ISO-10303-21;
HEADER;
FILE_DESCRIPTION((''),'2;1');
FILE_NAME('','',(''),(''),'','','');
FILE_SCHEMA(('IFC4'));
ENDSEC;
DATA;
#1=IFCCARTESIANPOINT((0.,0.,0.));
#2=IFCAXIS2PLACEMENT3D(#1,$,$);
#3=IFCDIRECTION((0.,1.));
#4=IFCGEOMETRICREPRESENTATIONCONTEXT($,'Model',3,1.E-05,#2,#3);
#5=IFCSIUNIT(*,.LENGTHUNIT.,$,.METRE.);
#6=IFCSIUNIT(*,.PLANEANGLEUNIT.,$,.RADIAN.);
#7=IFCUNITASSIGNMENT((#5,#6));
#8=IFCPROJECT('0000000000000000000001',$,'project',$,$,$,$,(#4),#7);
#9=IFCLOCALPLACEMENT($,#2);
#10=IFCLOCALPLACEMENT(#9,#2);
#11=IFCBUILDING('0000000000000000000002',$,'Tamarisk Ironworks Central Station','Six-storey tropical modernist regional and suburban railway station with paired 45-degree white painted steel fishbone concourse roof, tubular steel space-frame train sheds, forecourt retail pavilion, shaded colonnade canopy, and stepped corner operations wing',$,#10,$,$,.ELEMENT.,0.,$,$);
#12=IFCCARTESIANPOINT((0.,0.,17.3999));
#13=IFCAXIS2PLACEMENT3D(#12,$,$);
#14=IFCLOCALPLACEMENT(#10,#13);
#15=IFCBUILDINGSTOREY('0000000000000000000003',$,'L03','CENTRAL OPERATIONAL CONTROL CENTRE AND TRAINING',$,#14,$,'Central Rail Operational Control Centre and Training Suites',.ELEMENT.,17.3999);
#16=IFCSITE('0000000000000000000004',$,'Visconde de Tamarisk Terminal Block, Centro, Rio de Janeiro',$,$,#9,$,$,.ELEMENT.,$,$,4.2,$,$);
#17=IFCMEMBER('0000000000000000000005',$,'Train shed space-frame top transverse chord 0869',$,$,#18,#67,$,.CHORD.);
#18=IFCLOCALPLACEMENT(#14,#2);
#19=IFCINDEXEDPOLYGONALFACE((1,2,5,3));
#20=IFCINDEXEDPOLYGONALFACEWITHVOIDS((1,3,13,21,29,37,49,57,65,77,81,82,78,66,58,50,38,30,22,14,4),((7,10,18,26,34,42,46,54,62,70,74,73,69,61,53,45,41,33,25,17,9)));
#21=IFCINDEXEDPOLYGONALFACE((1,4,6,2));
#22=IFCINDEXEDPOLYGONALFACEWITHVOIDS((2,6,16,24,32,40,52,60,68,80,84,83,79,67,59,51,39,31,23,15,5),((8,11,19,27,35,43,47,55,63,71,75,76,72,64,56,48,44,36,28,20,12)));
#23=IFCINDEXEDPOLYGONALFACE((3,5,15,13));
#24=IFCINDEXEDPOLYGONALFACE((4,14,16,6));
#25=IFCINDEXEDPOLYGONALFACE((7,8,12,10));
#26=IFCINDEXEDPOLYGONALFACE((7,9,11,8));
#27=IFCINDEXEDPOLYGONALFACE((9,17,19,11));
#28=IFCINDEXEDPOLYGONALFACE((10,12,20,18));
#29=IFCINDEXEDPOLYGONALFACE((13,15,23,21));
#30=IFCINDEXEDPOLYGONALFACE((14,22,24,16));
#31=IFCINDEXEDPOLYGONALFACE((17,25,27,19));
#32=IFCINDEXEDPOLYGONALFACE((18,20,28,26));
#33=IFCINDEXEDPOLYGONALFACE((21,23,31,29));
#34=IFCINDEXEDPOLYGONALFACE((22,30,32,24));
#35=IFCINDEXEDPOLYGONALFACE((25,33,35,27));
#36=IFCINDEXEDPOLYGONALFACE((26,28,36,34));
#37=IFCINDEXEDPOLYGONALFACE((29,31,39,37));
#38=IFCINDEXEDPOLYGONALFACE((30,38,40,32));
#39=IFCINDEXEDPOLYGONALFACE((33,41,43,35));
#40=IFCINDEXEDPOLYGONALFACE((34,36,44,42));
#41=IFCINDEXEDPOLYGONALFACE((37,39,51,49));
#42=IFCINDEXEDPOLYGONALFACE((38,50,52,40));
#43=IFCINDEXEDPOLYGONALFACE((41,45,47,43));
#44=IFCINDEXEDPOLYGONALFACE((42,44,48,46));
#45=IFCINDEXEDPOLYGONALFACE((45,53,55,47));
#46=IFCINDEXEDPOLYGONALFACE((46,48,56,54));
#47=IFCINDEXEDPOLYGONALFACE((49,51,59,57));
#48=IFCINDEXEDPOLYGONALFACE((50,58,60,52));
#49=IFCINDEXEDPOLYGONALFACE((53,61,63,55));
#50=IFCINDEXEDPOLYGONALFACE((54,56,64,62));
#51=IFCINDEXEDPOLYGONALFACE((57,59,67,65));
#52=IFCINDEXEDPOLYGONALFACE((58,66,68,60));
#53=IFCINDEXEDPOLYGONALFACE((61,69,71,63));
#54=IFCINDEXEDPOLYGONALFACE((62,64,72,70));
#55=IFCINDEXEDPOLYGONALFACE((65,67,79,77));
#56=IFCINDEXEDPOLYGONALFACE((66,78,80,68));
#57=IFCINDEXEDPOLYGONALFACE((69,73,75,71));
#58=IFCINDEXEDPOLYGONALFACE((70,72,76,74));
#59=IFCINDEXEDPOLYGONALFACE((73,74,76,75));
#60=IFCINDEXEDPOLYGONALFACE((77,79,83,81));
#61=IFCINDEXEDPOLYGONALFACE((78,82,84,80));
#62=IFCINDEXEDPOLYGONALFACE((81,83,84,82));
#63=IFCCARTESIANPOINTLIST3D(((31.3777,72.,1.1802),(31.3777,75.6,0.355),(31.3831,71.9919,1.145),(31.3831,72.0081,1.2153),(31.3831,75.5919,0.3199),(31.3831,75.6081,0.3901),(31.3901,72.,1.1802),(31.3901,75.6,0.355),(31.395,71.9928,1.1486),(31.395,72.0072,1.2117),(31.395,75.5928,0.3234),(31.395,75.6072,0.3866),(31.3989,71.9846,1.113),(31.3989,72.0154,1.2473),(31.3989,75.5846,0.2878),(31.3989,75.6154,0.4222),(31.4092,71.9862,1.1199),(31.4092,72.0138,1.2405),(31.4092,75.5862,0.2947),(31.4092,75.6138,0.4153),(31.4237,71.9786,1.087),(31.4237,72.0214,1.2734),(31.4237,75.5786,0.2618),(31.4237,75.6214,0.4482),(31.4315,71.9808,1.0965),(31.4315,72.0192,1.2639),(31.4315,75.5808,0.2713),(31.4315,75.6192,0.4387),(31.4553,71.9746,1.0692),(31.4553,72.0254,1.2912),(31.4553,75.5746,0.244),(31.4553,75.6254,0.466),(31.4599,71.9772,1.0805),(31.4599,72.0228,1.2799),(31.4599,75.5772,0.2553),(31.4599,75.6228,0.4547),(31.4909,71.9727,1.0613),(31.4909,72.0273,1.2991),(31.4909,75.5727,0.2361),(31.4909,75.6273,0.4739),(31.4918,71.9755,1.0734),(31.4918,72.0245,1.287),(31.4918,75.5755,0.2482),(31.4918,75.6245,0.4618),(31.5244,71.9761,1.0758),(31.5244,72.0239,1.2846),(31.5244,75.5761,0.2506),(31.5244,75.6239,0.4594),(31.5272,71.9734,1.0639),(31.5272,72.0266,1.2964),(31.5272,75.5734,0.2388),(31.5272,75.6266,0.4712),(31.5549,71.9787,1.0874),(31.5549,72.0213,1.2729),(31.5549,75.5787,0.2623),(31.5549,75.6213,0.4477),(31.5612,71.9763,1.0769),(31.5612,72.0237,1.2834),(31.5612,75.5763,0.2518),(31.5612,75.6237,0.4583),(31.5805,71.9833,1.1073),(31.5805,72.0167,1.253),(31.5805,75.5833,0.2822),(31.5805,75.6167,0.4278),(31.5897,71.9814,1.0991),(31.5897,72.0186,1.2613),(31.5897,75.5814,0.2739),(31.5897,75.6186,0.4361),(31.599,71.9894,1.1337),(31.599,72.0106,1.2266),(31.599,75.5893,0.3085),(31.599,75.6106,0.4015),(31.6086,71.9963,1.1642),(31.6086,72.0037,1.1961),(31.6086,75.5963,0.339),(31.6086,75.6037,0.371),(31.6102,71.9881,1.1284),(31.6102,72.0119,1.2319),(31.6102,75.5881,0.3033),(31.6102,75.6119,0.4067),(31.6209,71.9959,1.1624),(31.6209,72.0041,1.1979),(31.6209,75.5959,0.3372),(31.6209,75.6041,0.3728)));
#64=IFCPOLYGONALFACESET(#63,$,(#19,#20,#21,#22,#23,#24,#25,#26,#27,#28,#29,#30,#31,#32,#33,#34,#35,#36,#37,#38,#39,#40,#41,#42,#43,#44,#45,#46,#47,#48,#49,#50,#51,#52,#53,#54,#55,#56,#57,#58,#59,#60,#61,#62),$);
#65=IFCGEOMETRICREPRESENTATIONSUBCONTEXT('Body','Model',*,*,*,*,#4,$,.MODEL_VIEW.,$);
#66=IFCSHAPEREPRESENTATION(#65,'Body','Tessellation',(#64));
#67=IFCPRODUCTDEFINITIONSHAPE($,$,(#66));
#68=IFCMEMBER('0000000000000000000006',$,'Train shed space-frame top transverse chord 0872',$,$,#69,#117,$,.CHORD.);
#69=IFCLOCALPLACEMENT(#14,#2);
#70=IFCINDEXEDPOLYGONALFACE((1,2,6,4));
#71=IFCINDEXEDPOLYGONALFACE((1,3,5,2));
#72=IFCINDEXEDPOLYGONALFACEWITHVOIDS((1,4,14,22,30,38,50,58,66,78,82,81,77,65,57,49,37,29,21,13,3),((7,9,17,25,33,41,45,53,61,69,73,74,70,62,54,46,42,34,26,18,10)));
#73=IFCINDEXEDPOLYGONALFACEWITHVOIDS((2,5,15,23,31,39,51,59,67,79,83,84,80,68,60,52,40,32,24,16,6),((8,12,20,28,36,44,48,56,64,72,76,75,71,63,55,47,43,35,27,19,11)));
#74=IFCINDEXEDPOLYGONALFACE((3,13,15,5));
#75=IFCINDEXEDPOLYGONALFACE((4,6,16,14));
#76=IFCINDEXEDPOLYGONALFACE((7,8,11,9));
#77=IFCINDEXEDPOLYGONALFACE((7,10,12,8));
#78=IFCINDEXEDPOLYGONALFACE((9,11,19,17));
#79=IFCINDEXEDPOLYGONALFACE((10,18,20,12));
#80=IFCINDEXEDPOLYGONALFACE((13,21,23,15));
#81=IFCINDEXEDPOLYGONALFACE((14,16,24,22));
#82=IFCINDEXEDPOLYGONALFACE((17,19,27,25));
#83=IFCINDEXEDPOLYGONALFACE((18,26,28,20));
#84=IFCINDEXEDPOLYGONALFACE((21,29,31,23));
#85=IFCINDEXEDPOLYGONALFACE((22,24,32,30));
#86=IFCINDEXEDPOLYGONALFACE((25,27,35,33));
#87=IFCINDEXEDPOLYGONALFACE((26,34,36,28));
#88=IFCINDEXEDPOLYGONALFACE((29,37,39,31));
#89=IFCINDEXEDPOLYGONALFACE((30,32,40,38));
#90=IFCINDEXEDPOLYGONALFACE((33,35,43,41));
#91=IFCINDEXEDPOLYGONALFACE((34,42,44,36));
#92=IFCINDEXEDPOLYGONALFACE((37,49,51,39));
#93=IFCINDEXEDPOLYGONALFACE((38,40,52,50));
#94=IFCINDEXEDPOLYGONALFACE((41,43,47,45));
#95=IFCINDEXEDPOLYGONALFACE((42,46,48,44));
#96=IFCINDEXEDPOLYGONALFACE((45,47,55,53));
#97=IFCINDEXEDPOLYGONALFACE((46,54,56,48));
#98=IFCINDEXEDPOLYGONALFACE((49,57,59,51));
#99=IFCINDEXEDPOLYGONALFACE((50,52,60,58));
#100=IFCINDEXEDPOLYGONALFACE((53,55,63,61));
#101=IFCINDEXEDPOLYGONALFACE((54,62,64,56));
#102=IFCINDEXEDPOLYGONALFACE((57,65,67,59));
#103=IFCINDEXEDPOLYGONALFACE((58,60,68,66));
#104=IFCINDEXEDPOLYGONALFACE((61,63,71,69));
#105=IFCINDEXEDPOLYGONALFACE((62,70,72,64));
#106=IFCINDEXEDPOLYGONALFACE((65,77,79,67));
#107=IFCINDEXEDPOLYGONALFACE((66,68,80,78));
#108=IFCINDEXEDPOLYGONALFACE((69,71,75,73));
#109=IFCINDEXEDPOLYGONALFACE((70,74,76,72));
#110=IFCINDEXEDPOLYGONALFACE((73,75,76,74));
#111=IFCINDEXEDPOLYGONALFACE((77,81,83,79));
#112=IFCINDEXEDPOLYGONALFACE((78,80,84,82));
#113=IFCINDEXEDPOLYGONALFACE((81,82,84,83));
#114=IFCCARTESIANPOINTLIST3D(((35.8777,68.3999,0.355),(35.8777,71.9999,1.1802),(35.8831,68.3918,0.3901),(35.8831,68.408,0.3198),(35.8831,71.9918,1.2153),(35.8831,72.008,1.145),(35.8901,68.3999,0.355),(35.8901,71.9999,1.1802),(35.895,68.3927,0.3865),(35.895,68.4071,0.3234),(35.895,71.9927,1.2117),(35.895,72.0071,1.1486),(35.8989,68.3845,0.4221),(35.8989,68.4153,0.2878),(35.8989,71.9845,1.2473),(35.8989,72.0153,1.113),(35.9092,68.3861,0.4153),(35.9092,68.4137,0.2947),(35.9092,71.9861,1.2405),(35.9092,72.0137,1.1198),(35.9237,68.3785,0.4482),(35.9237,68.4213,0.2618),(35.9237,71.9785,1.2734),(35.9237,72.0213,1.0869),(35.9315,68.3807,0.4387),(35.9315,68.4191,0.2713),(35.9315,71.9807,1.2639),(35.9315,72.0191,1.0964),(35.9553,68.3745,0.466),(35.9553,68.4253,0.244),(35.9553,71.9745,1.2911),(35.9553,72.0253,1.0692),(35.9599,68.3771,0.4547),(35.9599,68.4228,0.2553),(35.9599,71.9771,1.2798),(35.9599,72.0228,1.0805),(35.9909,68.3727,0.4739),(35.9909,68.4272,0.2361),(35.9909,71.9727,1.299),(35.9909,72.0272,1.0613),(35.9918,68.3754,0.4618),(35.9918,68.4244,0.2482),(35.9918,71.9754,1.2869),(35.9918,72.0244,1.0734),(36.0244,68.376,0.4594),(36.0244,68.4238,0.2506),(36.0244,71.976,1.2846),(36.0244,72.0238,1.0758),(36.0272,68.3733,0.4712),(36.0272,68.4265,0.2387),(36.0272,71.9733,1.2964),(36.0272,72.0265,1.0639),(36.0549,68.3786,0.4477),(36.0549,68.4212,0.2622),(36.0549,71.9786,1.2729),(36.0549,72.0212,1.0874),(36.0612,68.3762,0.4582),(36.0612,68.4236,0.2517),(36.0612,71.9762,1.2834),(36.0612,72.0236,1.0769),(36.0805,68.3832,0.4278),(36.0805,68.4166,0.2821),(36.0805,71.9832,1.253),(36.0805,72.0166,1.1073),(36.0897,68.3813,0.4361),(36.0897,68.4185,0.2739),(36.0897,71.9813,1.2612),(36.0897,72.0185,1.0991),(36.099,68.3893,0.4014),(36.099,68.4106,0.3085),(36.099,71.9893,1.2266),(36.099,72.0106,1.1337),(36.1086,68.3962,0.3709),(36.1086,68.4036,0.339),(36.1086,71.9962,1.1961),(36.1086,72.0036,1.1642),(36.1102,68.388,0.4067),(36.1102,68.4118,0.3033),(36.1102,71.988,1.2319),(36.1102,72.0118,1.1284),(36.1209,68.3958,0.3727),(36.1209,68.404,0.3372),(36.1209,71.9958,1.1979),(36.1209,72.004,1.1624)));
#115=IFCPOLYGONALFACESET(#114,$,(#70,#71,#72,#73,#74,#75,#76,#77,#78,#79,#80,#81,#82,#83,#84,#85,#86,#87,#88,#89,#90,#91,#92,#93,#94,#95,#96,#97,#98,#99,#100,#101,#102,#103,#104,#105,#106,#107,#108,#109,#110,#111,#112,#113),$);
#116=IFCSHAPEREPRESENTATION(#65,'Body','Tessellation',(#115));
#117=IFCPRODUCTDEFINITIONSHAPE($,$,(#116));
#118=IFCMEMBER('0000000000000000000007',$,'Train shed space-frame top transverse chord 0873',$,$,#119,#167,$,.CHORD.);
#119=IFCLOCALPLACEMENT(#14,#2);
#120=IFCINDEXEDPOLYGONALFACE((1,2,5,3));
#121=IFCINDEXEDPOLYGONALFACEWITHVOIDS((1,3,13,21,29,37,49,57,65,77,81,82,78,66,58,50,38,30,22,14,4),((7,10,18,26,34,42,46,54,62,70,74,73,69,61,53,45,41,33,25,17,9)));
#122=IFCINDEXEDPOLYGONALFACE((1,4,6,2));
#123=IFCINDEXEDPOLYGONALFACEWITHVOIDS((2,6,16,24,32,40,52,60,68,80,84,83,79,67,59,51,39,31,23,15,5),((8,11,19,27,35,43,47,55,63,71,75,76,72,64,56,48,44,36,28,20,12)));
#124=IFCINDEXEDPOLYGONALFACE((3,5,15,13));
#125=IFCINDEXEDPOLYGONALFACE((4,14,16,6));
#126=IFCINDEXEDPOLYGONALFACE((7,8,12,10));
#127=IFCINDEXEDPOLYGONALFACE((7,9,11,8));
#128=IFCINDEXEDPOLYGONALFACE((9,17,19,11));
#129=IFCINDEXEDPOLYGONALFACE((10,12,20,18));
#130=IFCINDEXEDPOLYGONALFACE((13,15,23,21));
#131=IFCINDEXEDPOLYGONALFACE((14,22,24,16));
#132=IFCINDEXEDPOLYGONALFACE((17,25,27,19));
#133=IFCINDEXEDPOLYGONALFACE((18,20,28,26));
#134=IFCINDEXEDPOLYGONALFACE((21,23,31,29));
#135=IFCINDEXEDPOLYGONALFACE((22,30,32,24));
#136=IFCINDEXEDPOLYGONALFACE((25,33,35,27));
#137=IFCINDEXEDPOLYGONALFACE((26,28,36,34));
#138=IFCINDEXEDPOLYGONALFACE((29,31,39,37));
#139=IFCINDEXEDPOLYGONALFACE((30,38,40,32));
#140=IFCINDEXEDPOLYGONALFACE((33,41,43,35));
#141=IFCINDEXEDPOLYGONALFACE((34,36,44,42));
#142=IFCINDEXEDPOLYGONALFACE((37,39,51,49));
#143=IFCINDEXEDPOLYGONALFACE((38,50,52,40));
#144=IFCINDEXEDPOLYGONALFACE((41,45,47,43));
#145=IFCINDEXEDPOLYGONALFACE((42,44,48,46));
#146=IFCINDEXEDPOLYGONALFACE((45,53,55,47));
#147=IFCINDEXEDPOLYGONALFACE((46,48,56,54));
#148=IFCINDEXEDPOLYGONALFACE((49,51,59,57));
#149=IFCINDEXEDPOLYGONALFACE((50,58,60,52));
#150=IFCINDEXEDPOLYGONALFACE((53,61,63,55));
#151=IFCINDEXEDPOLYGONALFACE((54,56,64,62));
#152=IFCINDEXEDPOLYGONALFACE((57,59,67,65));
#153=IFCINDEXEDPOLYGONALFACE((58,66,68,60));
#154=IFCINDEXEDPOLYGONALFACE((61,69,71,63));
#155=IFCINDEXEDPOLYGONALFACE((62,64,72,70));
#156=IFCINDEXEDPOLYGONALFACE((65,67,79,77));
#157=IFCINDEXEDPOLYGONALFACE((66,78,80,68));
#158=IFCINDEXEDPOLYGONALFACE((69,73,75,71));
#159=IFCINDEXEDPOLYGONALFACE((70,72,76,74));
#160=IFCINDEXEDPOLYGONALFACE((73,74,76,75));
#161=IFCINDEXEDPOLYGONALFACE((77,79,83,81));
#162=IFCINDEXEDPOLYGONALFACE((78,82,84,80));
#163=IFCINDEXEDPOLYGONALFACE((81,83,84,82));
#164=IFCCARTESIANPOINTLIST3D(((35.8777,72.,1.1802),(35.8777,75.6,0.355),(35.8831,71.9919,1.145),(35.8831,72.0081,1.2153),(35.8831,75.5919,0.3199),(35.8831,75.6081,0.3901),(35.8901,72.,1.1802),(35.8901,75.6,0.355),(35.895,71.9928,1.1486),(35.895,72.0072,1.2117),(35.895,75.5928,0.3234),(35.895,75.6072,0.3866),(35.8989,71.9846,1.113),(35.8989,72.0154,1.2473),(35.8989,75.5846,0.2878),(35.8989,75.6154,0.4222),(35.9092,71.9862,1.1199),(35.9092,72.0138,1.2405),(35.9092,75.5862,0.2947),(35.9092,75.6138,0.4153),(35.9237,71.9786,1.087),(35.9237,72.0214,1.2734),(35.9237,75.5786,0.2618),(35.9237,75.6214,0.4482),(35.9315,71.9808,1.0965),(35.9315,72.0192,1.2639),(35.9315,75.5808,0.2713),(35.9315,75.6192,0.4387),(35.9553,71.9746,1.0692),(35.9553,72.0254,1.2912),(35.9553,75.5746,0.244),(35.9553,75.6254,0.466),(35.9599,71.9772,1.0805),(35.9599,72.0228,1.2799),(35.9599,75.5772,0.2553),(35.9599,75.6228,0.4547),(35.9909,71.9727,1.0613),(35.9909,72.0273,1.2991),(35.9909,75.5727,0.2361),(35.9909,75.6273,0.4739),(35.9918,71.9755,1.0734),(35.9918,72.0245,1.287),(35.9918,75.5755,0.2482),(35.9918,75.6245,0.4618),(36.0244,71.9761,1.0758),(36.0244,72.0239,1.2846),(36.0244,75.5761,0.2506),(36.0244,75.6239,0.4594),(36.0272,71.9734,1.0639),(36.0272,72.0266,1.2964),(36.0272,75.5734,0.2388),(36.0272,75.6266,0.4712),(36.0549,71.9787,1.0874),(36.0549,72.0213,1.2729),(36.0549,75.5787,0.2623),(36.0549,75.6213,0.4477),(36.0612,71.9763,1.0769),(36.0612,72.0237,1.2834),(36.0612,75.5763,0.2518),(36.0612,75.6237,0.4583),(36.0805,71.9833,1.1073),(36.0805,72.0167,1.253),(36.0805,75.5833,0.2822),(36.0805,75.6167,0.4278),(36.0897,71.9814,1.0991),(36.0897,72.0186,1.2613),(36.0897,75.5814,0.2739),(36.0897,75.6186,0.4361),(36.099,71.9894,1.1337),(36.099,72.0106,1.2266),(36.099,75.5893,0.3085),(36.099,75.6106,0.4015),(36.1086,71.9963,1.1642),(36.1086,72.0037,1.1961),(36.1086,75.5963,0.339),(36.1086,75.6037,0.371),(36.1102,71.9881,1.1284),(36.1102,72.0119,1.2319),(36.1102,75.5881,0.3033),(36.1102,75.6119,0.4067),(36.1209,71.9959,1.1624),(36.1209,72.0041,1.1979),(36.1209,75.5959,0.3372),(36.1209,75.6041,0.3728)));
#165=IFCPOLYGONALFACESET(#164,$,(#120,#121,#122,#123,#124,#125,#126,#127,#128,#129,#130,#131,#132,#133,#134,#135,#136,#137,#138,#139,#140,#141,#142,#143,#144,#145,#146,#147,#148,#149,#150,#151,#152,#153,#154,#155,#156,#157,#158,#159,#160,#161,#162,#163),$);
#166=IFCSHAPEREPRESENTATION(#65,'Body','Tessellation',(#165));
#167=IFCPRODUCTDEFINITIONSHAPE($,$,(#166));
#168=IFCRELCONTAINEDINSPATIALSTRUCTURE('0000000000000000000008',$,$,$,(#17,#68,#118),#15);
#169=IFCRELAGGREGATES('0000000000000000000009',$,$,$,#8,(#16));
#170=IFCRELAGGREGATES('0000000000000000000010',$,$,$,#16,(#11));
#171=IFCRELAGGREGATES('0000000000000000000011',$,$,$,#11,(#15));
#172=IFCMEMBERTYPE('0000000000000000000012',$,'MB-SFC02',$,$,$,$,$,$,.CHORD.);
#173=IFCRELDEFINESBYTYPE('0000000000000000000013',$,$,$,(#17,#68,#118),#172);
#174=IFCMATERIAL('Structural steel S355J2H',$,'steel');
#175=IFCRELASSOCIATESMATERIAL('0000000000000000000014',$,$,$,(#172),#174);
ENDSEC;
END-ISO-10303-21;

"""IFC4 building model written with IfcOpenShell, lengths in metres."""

from ifc_helpers import new_model, si_unit, direction, frame, origin, origin_2d, place, context, subcontext, project, spatial, hollow_circle, extrude, material, material_profile, profile_set, type_object, element, save


model = new_model("IFC4")

# Units and contexts
model_context = context("Model", 3, precision=1e-05, world=origin(), true_north=direction((0.0, 1.0)))
body_context = subcontext(model_context, "Body", "Model", "MODEL_VIEW")
ifc_project = project(units=[si_unit("LENGTHUNIT", "METRE"), si_unit("PLANEANGLEUNIT", "RADIAN")], contexts=[model_context])

# Site, building, storey
site_placement = place(None, origin())
site = spatial("IfcSite", under=ifc_project, at=site_placement, Name="Visconde de Tamarisk Terminal Block, Centro, Rio de Janeiro", CompositionType="ELEMENT", RefElevation=4.2)
building_placement = place(site_placement, origin())
building = spatial("IfcBuilding", under=site, at=building_placement, Name="Tamarisk Ironworks Central Station", Description="Six-storey tropical modernist regional and suburban railway station with paired 45-degree white painted steel fishbone concourse roof, tubular steel space-frame train sheds, forecourt retail pavilion, shaded colonnade canopy, and stepped corner operations wing", CompositionType="ELEMENT", ElevationOfRefHeight=0.0)
storey_placement = place(building_placement, frame((0.0, 0.0, 17.3999)))
storey = spatial("IfcBuildingStorey", under=building, at=storey_placement, Name="L03", Description="CENTRAL OPERATIONAL CONTROL CENTRE AND TRAINING", LongName="Central Rail Operational Control Centre and Training Suites", CompositionType="ELEMENT", Elevation=17.3999)

# Members
ifc_material = material(Name="Structural steel S355J2H", Category="steel")
ifc_material_profile_1 = material_profile(ifc_material, hollow_circle(Radius=0.1223, WallThickness=0.0125, at=origin_2d()), Name="CHS 244.5x12.5")
ifc_profile_set_1 = profile_set([ifc_material_profile_1], Name="Structural steel S355J2H")
member_type_1 = type_object("IfcMemberType", Name="MB-SFC02", PredefinedType="CHORD", material=ifc_profile_set_1)
for number, where, z_axis, x_axis, name in (
    (1, (31.5, 72.0, 1.1802), (0.0, 0.974722, -0.223421), (-1.0, 0.0, 0.0), "Train shed space-frame top transverse chord 0869"),
    (2, (36.0, 68.3999, 0.355), (0.0, 0.974722, 0.223421), (-1.0, 0.0, 0.0), "Train shed space-frame top transverse chord 0872"),
    (3, (36.0, 72.0, 1.1802), (0.0, 0.974722, -0.223421), (-1.0, 0.0, 0.0), "Train shed space-frame top transverse chord 0873"),
):
    element("IfcMember", number, at=place(storey_placement, frame(where, z_axis=z_axis, x_axis=x_axis)), inside=storey, type_object=member_type_1, Name=name, PredefinedType="CHORD", context=body_context, shape_type="SweptSolid", body=[
        extrude(hollow_circle(Radius=0.1223, WallThickness=0.0125, at=origin_2d()), origin(), (0.0, 0.0, 1.0), 3.6934),
    ])

save(model, "model.ifc")
